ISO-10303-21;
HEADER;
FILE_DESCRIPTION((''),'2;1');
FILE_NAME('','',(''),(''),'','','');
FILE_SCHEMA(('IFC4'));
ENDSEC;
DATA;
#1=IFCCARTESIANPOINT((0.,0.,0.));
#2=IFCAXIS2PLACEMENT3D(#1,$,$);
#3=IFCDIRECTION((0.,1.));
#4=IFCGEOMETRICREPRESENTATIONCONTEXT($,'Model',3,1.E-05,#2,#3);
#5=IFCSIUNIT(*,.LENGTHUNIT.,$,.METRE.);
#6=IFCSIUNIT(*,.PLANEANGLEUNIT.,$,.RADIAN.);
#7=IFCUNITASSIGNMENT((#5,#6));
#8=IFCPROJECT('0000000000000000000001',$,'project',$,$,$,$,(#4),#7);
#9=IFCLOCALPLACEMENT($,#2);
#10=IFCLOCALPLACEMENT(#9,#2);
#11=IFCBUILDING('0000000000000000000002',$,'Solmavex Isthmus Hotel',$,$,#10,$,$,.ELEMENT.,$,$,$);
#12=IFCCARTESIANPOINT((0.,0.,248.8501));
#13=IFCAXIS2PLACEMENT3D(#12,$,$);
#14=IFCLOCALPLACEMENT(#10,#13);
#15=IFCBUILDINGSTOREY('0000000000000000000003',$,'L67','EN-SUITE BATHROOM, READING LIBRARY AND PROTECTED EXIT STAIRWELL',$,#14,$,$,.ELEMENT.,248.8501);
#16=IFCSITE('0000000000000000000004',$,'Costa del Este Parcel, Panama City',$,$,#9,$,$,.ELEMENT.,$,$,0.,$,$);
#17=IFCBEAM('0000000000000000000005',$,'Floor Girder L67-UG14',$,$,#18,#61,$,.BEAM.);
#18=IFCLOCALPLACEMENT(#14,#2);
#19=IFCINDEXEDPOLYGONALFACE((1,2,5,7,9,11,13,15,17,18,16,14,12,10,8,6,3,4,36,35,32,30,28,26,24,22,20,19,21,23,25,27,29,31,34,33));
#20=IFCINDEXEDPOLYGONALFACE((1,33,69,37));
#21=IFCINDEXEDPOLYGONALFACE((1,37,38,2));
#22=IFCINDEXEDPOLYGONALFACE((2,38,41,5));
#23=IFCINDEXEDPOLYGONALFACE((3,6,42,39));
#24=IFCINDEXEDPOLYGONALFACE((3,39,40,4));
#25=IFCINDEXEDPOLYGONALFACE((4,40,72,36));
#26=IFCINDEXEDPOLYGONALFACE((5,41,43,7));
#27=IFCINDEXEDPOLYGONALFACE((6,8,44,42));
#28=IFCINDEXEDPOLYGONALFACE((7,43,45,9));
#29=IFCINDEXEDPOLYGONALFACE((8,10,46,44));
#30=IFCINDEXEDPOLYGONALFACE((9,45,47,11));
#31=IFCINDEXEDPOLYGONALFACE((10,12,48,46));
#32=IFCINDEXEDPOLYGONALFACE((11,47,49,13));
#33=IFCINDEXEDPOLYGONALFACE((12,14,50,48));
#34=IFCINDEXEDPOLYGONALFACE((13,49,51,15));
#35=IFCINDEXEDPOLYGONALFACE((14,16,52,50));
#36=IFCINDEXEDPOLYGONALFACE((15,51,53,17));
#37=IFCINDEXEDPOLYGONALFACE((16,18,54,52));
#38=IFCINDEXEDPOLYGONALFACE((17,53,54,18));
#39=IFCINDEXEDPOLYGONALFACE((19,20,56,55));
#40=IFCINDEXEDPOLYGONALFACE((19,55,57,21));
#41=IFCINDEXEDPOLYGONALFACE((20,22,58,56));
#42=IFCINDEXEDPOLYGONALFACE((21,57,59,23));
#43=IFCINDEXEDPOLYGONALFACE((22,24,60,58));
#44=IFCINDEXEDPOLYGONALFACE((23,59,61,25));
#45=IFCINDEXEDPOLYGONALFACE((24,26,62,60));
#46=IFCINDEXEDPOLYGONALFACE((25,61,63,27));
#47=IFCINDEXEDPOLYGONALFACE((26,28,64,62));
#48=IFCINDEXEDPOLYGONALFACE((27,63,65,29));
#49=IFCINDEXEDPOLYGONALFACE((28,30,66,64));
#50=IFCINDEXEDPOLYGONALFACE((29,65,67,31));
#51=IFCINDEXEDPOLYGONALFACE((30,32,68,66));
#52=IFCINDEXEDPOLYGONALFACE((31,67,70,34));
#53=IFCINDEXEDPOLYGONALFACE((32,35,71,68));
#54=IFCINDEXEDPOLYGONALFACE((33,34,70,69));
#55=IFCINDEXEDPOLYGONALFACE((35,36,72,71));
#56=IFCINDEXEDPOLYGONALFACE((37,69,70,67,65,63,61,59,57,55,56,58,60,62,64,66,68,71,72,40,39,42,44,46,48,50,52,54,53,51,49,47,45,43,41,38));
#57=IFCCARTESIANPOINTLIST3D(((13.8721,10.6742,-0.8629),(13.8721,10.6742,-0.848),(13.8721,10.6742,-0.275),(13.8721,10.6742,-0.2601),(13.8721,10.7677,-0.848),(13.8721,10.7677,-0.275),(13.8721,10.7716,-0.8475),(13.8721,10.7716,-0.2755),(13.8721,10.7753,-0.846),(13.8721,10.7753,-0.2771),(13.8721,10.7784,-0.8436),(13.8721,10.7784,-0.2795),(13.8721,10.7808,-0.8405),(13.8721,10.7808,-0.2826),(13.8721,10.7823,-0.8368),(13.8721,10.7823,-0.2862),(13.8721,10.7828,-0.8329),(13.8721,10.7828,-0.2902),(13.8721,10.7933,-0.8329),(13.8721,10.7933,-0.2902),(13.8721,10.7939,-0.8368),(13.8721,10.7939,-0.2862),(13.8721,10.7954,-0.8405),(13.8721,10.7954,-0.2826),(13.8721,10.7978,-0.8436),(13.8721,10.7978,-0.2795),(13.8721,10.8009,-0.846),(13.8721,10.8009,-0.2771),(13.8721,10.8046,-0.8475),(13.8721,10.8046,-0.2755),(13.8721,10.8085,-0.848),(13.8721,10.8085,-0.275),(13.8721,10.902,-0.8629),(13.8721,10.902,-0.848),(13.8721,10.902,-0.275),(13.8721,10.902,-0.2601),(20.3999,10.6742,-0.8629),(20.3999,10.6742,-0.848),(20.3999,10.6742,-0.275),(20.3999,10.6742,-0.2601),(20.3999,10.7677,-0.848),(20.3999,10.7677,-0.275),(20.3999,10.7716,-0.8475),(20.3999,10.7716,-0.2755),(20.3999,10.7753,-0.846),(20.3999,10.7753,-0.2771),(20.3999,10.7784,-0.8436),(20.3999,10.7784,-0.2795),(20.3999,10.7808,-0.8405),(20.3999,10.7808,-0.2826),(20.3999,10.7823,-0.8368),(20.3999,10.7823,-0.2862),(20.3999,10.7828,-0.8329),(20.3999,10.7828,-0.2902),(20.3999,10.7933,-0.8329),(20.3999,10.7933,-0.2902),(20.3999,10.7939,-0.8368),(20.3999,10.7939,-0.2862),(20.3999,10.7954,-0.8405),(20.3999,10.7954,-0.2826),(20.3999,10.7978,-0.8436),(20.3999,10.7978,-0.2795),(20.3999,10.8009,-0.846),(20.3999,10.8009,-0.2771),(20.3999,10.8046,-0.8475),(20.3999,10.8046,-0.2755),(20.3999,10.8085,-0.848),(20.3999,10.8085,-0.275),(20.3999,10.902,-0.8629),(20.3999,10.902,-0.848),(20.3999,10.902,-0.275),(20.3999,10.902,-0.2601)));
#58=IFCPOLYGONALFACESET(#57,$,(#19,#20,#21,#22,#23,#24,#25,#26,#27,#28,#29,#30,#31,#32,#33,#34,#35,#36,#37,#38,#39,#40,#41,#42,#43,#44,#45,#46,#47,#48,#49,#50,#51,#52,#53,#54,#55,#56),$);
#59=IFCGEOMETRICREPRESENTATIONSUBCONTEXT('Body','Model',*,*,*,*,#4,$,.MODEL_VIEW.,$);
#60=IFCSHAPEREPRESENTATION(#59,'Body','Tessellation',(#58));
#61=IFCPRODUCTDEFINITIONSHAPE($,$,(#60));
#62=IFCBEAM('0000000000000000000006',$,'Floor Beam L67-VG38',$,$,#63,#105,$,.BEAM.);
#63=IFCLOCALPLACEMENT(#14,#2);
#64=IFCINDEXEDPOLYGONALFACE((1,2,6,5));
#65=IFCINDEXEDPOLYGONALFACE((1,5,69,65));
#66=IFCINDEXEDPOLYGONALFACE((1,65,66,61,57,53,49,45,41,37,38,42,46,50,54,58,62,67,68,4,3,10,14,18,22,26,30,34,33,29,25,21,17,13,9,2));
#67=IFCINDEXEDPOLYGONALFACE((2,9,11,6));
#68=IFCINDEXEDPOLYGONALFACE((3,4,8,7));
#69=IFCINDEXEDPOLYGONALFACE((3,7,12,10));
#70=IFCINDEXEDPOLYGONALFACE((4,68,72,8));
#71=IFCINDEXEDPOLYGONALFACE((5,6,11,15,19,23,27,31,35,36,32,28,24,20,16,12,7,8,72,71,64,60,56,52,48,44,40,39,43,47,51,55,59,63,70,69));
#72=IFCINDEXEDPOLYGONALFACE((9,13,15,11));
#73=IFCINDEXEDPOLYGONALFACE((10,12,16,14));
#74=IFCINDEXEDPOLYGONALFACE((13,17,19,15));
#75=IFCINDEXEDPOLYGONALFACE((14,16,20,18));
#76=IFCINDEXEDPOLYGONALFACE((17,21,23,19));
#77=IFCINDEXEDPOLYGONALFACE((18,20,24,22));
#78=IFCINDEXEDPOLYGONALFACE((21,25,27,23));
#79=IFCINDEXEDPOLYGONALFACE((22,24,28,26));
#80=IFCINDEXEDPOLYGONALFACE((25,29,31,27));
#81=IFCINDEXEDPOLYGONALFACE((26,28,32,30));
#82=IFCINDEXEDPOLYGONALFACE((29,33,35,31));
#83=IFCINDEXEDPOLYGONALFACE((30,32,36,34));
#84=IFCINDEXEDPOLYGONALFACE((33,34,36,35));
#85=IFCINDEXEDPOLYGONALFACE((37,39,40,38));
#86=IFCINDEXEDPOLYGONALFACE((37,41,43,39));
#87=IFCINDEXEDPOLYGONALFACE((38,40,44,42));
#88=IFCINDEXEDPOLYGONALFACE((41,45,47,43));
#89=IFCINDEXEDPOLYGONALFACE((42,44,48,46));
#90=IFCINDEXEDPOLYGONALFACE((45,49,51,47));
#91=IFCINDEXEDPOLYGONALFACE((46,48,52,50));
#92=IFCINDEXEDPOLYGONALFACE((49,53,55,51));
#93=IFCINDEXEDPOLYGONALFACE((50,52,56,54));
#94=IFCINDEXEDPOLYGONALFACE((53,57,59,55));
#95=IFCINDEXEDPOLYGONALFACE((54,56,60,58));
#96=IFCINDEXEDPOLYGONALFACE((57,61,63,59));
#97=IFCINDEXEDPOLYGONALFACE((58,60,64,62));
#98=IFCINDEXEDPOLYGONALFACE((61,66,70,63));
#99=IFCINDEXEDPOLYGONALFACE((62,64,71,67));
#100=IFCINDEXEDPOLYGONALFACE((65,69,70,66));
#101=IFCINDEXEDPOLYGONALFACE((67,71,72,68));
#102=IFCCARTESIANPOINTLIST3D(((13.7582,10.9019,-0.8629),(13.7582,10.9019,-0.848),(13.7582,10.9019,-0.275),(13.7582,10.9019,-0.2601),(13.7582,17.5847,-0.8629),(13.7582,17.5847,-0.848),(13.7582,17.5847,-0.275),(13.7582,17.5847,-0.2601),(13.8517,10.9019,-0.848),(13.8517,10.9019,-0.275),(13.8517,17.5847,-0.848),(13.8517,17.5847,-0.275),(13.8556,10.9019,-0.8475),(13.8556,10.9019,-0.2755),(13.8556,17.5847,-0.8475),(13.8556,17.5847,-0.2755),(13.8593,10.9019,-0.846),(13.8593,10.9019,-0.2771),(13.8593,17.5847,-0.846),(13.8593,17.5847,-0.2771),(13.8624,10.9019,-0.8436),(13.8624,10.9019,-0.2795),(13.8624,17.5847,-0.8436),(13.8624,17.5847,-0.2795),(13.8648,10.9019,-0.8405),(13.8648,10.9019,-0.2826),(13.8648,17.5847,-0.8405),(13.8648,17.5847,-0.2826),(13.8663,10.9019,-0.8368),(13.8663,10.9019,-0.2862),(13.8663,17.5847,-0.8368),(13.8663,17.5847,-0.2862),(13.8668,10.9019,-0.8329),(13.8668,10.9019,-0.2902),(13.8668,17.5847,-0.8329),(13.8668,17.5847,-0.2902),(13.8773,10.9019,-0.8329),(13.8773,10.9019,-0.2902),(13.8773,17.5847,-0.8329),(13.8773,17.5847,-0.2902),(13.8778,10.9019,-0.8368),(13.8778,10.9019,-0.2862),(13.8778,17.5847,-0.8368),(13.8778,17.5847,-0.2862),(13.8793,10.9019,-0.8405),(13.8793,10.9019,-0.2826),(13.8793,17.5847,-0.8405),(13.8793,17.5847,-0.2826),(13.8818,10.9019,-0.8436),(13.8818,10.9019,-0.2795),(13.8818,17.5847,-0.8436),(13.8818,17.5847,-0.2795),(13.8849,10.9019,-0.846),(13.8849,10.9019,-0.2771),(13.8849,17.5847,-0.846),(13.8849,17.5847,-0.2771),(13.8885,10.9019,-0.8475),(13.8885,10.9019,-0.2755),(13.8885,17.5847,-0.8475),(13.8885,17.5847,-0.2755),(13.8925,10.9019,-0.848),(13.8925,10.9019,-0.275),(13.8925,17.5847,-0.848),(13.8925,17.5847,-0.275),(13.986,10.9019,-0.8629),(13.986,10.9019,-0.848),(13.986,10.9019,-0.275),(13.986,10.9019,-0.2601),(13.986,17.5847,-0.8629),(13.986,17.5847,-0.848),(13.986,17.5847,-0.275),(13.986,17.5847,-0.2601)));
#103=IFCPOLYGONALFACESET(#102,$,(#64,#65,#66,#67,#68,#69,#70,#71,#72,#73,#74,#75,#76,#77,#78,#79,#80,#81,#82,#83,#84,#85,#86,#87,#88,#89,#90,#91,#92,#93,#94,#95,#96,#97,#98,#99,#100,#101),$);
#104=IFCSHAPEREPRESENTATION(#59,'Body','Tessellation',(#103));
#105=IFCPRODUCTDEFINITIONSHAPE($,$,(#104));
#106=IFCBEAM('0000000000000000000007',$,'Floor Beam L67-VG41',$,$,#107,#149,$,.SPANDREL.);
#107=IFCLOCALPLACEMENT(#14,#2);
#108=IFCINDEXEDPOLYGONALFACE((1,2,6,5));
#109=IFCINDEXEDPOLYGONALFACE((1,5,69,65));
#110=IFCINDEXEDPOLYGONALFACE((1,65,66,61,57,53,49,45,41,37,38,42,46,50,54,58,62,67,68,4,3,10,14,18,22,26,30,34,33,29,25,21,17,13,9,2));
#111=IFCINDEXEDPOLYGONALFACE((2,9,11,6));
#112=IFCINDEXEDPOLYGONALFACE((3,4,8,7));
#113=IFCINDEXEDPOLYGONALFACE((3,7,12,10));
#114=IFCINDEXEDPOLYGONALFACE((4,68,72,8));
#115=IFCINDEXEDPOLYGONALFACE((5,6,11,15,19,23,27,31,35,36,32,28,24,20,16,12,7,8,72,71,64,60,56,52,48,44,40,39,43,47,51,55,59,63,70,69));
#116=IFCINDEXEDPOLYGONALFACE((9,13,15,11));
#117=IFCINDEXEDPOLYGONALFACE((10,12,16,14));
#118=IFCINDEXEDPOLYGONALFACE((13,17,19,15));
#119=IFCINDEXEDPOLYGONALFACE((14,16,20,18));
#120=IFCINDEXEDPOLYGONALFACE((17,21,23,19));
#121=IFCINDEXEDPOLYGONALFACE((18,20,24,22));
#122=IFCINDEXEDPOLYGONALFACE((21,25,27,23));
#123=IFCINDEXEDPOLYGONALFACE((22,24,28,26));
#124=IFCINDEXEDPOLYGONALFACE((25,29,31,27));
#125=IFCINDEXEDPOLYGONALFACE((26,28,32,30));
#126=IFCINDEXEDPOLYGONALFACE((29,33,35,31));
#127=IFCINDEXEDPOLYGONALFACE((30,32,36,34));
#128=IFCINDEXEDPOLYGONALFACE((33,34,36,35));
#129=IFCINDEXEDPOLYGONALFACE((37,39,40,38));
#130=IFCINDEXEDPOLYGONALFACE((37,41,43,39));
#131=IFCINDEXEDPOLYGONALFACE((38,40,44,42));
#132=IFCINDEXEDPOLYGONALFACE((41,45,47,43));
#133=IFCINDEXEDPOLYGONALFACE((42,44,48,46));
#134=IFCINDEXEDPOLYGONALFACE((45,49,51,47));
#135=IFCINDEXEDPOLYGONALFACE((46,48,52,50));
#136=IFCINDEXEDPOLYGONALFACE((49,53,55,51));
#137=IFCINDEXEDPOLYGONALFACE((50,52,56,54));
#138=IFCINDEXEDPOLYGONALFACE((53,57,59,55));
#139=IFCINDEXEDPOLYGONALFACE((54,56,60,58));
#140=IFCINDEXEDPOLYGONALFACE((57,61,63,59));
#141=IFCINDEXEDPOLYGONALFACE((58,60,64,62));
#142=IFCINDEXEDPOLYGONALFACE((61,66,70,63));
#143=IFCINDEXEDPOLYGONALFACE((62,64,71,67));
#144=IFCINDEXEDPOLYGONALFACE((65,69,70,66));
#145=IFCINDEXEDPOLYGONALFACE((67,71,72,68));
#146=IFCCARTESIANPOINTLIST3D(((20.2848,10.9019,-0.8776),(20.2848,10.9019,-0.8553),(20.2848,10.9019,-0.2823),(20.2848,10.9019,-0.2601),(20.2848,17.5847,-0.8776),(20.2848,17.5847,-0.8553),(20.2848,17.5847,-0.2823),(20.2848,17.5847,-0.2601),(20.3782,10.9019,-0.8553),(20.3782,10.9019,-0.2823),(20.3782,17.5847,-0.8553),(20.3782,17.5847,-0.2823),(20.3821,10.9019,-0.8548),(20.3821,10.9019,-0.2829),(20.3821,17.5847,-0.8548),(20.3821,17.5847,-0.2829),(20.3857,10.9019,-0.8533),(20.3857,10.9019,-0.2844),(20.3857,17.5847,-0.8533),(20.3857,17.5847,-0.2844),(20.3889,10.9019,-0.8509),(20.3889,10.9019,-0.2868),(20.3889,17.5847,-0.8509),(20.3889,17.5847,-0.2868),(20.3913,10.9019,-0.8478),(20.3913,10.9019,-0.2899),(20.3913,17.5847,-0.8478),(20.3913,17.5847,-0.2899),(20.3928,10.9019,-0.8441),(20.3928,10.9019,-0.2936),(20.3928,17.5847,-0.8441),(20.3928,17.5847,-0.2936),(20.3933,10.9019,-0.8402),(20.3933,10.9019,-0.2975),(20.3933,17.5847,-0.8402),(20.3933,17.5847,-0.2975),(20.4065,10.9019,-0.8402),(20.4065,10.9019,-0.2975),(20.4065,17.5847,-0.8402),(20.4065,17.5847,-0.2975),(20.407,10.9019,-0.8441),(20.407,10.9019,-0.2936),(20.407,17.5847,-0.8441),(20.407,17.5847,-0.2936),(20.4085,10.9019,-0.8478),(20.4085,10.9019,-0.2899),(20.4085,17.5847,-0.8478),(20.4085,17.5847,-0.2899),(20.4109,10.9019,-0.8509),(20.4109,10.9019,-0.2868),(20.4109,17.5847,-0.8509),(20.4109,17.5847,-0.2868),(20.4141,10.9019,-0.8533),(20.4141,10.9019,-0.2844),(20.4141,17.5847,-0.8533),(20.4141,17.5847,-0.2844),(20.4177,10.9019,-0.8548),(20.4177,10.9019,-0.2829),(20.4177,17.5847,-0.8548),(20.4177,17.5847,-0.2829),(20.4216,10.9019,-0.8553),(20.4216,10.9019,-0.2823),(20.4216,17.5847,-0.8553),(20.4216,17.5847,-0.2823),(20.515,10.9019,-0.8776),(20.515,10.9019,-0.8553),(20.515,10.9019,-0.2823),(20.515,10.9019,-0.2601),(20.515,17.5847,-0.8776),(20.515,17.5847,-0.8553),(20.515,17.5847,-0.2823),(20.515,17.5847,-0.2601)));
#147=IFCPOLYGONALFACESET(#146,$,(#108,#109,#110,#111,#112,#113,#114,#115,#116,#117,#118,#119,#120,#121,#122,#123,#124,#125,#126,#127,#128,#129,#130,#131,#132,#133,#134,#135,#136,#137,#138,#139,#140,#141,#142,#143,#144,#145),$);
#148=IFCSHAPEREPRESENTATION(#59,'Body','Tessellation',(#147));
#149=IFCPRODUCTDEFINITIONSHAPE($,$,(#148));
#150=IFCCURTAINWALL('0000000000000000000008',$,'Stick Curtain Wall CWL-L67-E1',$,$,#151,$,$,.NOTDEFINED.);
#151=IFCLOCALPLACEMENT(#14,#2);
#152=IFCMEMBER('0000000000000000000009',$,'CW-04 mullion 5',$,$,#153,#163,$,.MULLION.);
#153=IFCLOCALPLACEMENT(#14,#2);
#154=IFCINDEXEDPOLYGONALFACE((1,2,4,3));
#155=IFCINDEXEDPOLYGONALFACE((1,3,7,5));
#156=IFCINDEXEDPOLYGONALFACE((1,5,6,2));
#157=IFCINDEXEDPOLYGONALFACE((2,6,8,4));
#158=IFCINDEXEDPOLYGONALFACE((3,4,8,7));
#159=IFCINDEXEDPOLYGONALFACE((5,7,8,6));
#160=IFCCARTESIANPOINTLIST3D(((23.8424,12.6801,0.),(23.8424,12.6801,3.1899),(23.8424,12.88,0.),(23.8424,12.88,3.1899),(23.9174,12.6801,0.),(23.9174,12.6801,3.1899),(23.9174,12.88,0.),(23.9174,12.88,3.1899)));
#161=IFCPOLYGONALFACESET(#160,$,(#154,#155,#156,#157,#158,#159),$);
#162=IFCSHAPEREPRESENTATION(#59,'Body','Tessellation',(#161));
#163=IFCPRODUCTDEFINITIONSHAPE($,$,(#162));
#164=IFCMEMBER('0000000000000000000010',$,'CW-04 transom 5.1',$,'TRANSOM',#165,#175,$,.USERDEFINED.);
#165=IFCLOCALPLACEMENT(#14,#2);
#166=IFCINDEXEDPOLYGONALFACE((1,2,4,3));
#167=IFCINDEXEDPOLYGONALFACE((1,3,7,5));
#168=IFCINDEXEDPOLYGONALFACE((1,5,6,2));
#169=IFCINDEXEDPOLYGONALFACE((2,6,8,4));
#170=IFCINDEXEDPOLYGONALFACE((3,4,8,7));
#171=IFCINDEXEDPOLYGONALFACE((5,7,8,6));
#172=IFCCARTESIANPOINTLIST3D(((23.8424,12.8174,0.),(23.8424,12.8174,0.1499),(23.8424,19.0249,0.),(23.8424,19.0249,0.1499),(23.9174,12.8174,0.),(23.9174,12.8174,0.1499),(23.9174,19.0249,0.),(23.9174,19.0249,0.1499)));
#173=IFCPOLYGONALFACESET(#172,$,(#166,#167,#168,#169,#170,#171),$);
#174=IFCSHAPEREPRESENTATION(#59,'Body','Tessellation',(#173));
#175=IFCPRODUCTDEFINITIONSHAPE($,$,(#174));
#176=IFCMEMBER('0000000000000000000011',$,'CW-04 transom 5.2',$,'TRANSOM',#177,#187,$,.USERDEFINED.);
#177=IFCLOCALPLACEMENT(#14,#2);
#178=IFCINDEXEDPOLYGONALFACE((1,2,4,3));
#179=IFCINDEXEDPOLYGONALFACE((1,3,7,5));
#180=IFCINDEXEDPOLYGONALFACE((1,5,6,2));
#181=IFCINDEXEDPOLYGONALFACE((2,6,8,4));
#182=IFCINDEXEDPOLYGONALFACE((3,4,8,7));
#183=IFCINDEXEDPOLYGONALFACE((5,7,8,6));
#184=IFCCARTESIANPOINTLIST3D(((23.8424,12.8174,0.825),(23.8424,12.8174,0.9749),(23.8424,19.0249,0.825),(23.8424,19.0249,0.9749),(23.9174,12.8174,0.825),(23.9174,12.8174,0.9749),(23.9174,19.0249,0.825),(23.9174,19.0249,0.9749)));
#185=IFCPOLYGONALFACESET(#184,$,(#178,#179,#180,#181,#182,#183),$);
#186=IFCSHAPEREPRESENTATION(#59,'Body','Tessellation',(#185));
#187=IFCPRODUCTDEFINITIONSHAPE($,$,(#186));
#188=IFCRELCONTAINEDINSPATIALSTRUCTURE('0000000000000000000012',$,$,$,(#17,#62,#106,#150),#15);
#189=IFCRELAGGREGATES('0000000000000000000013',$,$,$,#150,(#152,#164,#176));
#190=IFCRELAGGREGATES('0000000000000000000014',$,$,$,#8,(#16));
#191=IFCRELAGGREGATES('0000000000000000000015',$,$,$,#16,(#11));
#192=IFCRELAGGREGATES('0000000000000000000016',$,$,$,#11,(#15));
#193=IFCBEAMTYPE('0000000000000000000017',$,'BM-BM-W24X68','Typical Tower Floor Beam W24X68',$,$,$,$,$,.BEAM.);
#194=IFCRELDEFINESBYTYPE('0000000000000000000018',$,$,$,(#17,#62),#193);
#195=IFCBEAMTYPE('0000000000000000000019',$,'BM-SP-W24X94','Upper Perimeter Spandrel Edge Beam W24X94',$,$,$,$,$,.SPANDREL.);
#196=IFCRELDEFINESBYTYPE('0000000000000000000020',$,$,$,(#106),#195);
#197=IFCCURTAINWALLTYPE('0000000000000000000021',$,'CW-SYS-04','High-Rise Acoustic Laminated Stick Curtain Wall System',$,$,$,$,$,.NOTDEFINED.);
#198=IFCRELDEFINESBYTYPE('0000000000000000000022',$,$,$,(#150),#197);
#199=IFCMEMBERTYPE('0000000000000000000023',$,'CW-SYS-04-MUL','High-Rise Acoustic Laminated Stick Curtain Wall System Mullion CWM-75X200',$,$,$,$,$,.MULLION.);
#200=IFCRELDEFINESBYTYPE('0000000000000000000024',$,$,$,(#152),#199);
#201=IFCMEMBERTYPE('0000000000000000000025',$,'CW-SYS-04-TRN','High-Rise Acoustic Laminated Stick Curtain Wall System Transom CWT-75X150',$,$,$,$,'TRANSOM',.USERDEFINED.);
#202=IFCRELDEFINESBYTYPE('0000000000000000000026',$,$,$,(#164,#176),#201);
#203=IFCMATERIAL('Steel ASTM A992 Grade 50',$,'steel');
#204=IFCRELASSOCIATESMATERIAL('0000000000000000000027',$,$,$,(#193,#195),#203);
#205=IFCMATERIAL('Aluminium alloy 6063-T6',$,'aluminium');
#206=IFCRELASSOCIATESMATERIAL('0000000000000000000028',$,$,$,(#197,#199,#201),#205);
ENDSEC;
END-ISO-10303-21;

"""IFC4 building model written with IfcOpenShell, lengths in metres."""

from ifc_helpers import new_model, si_unit, direction, frame, origin, origin_2d, place, context, subcontext, project, spatial, rectangle, i_section, extrude, material, material_profile, profile_set, type_object, element, aggregate, save


model = new_model("IFC4")

# Units and contexts
model_context = context("Model", 3, precision=1e-05, world=origin(), true_north=direction((0.0, 1.0)))
body_context = subcontext(model_context, "Body", "Model", "MODEL_VIEW")
ifc_project = project(units=[si_unit("LENGTHUNIT", "METRE"), si_unit("PLANEANGLEUNIT", "RADIAN")], contexts=[model_context])

# Site, building, storey
site_placement = place(None, origin())
site = spatial("IfcSite", under=ifc_project, at=site_placement, Name="Costa del Este Parcel, Panama City", CompositionType="ELEMENT", RefElevation=0.0)
building_placement = place(site_placement, origin())
building = spatial("IfcBuilding", under=site, at=building_placement, Name="Solmavex Isthmus Hotel", CompositionType="ELEMENT")
storey_placement = place(building_placement, frame((0.0, 0.0, 248.8501)))
storey = spatial("IfcBuildingStorey", under=building, at=storey_placement, Name="L67", Description="EN-SUITE BATHROOM, READING LIBRARY AND PROTECTED EXIT STAIRWELL", CompositionType="ELEMENT", Elevation=248.8501)

# Beams
ifc_material_1 = material(Name="Steel ASTM A992 Grade 50", Category="steel")
ifc_material_profile_1 = material_profile(ifc_material_1, i_section(OverallWidth=0.2278, OverallDepth=0.6028, WebThickness=0.0105, FlangeThickness=0.0149, FilletRadius=0.0151, at=origin_2d()), Name="W24X68")
ifc_profile_set_1 = profile_set([ifc_material_profile_1], Name="Steel ASTM A992 Grade 50")
beam_type_1 = type_object("IfcBeamType", Name="BM-BM-W24X68", Description="Typical Tower Floor Beam W24X68", PredefinedType="BEAM", material=ifc_profile_set_1)
beam_1_placement = place(storey_placement, frame((13.8721, 10.7881, -0.5615), z_axis=(1.0, 0.0, 0.0), x_axis=(0.0, 1.0, 0.0)))
element("IfcBeam", 1, at=beam_1_placement, inside=storey, type_object=beam_type_1, Name="Floor Girder L67-UG14", PredefinedType="BEAM", context=body_context, shape_type="SweptSolid", body=[
    extrude(i_section(OverallWidth=0.2278, OverallDepth=0.6028, WebThickness=0.0105, FlangeThickness=0.0149, FilletRadius=0.0151, at=origin_2d()), origin(), (0.0, 0.0, 1.0), 6.5278),
])
beam_2_placement = place(storey_placement, frame((13.8721, 10.9019, -0.5615), z_axis=(0.0, 1.0, 0.0), x_axis=(-1.0, 0.0, 0.0)))
element("IfcBeam", 2, at=beam_2_placement, inside=storey, type_object=beam_type_1, Name="Floor Beam L67-VG38", PredefinedType="BEAM", context=body_context, shape_type="SweptSolid", body=[
    extrude(i_section(OverallWidth=0.2278, OverallDepth=0.6028, WebThickness=0.0105, FlangeThickness=0.0149, FilletRadius=0.0151, at=origin_2d()), origin(), (0.0, 0.0, 1.0), 6.6829),
])
ifc_material_profile_2 = material_profile(ifc_material_1, i_section(OverallWidth=0.2302, OverallDepth=0.6174, WebThickness=0.0132, FlangeThickness=0.0222, FilletRadius=0.0151, at=origin_2d()), Name="W24X94")
ifc_profile_set_2 = profile_set([ifc_material_profile_2], Name="Steel ASTM A992 Grade 50")
beam_type_2 = type_object("IfcBeamType", Name="BM-SP-W24X94", Description="Upper Perimeter Spandrel Edge Beam W24X94", PredefinedType="SPANDREL", material=ifc_profile_set_2)
beam_3_placement = place(storey_placement, frame((20.3999, 10.9019, -0.5688), z_axis=(0.0, 1.0, 0.0), x_axis=(-1.0, 0.0, 0.0)))
element("IfcBeam", 3, at=beam_3_placement, inside=storey, type_object=beam_type_2, Name="Floor Beam L67-VG41", PredefinedType="SPANDREL", context=body_context, shape_type="SweptSolid", body=[
    extrude(i_section(OverallWidth=0.2302, OverallDepth=0.6174, WebThickness=0.0132, FlangeThickness=0.0222, FilletRadius=0.0151, at=origin_2d()), origin(), (0.0, 0.0, 1.0), 6.6829),
])

# Curtain wall, members
ifc_material_2 = material(Name="Aluminium alloy 6063-T6", Category="aluminium")
curtain_wall_type = type_object("IfcCurtainWallType", Name="CW-SYS-04", Description="High-Rise Acoustic Laminated Stick Curtain Wall System", PredefinedType="NOTDEFINED", material=ifc_material_2)
curtain_wall_placement = place(storey_placement, origin())
curtain_wall = element("IfcCurtainWall", 4, at=curtain_wall_placement, inside=storey, type_object=curtain_wall_type, Name="Stick Curtain Wall CWL-L67-E1", PredefinedType="NOTDEFINED")
ifc_material_profile_3 = material_profile(ifc_material_2, rectangle(XDim=0.075, YDim=0.2, at=origin_2d()), Name="CWM-75X200")
ifc_profile_set_3 = profile_set([ifc_material_profile_3], Name="Aluminium alloy 6063-T6")
member_type_1 = type_object("IfcMemberType", Name="CW-SYS-04-MUL", Description="High-Rise Acoustic Laminated Stick Curtain Wall System Mullion CWM-75X200", PredefinedType="MULLION", material=ifc_profile_set_3)
member_1_placement = place(storey_placement, frame((23.8799, 12.78, 0.0), z_axis=(0.0, 0.0, 1.0), x_axis=(-1.0, 0.0, 0.0)))
member_1 = element("IfcMember", 5, at=member_1_placement, type_object=member_type_1, Name="CW-04 mullion 5", PredefinedType="MULLION", context=body_context, shape_type="SweptSolid", body=[
    extrude(rectangle(XDim=0.075, YDim=0.2, at=origin_2d()), origin(), (0.0, 0.0, 1.0), 3.1899),
])
ifc_material_profile_4 = material_profile(ifc_material_2, rectangle(XDim=0.075, YDim=0.1499, at=origin_2d()), Name="CWT-75X150")
ifc_profile_set_4 = profile_set([ifc_material_profile_4], Name="Aluminium alloy 6063-T6")
member_type_2 = type_object("IfcMemberType", Name="CW-SYS-04-TRN", Description="High-Rise Acoustic Laminated Stick Curtain Wall System Transom CWT-75X150", ElementType="TRANSOM", PredefinedType="USERDEFINED", material=ifc_profile_set_4)
member_2_placement = place(storey_placement, frame((23.8799, 12.8174, 0.075), z_axis=(0.0, 1.0, 0.0), x_axis=(-1.0, 0.0, 0.0)))
member_2 = element("IfcMember", 6, at=member_2_placement, type_object=member_type_2, Name="CW-04 transom 5.1", ObjectType="TRANSOM", PredefinedType="USERDEFINED", context=body_context, shape_type="SweptSolid", body=[
    extrude(rectangle(XDim=0.075, YDim=0.1499, at=origin_2d()), origin(), (0.0, 0.0, 1.0), 6.2075),
])
member_3_placement = place(storey_placement, frame((23.8799, 12.8174, 0.8999), z_axis=(0.0, 1.0, 0.0), x_axis=(-1.0, 0.0, 0.0)))
member_3 = element("IfcMember", 7, at=member_3_placement, type_object=member_type_2, Name="CW-04 transom 5.2", ObjectType="TRANSOM", PredefinedType="USERDEFINED", context=body_context, shape_type="SweptSolid", body=[
    extrude(rectangle(XDim=0.075, YDim=0.1499, at=origin_2d()), origin(), (0.0, 0.0, 1.0), 6.2075),
])
aggregate(curtain_wall, [member_1, member_2, member_3])

save(model, "model.ifc")
